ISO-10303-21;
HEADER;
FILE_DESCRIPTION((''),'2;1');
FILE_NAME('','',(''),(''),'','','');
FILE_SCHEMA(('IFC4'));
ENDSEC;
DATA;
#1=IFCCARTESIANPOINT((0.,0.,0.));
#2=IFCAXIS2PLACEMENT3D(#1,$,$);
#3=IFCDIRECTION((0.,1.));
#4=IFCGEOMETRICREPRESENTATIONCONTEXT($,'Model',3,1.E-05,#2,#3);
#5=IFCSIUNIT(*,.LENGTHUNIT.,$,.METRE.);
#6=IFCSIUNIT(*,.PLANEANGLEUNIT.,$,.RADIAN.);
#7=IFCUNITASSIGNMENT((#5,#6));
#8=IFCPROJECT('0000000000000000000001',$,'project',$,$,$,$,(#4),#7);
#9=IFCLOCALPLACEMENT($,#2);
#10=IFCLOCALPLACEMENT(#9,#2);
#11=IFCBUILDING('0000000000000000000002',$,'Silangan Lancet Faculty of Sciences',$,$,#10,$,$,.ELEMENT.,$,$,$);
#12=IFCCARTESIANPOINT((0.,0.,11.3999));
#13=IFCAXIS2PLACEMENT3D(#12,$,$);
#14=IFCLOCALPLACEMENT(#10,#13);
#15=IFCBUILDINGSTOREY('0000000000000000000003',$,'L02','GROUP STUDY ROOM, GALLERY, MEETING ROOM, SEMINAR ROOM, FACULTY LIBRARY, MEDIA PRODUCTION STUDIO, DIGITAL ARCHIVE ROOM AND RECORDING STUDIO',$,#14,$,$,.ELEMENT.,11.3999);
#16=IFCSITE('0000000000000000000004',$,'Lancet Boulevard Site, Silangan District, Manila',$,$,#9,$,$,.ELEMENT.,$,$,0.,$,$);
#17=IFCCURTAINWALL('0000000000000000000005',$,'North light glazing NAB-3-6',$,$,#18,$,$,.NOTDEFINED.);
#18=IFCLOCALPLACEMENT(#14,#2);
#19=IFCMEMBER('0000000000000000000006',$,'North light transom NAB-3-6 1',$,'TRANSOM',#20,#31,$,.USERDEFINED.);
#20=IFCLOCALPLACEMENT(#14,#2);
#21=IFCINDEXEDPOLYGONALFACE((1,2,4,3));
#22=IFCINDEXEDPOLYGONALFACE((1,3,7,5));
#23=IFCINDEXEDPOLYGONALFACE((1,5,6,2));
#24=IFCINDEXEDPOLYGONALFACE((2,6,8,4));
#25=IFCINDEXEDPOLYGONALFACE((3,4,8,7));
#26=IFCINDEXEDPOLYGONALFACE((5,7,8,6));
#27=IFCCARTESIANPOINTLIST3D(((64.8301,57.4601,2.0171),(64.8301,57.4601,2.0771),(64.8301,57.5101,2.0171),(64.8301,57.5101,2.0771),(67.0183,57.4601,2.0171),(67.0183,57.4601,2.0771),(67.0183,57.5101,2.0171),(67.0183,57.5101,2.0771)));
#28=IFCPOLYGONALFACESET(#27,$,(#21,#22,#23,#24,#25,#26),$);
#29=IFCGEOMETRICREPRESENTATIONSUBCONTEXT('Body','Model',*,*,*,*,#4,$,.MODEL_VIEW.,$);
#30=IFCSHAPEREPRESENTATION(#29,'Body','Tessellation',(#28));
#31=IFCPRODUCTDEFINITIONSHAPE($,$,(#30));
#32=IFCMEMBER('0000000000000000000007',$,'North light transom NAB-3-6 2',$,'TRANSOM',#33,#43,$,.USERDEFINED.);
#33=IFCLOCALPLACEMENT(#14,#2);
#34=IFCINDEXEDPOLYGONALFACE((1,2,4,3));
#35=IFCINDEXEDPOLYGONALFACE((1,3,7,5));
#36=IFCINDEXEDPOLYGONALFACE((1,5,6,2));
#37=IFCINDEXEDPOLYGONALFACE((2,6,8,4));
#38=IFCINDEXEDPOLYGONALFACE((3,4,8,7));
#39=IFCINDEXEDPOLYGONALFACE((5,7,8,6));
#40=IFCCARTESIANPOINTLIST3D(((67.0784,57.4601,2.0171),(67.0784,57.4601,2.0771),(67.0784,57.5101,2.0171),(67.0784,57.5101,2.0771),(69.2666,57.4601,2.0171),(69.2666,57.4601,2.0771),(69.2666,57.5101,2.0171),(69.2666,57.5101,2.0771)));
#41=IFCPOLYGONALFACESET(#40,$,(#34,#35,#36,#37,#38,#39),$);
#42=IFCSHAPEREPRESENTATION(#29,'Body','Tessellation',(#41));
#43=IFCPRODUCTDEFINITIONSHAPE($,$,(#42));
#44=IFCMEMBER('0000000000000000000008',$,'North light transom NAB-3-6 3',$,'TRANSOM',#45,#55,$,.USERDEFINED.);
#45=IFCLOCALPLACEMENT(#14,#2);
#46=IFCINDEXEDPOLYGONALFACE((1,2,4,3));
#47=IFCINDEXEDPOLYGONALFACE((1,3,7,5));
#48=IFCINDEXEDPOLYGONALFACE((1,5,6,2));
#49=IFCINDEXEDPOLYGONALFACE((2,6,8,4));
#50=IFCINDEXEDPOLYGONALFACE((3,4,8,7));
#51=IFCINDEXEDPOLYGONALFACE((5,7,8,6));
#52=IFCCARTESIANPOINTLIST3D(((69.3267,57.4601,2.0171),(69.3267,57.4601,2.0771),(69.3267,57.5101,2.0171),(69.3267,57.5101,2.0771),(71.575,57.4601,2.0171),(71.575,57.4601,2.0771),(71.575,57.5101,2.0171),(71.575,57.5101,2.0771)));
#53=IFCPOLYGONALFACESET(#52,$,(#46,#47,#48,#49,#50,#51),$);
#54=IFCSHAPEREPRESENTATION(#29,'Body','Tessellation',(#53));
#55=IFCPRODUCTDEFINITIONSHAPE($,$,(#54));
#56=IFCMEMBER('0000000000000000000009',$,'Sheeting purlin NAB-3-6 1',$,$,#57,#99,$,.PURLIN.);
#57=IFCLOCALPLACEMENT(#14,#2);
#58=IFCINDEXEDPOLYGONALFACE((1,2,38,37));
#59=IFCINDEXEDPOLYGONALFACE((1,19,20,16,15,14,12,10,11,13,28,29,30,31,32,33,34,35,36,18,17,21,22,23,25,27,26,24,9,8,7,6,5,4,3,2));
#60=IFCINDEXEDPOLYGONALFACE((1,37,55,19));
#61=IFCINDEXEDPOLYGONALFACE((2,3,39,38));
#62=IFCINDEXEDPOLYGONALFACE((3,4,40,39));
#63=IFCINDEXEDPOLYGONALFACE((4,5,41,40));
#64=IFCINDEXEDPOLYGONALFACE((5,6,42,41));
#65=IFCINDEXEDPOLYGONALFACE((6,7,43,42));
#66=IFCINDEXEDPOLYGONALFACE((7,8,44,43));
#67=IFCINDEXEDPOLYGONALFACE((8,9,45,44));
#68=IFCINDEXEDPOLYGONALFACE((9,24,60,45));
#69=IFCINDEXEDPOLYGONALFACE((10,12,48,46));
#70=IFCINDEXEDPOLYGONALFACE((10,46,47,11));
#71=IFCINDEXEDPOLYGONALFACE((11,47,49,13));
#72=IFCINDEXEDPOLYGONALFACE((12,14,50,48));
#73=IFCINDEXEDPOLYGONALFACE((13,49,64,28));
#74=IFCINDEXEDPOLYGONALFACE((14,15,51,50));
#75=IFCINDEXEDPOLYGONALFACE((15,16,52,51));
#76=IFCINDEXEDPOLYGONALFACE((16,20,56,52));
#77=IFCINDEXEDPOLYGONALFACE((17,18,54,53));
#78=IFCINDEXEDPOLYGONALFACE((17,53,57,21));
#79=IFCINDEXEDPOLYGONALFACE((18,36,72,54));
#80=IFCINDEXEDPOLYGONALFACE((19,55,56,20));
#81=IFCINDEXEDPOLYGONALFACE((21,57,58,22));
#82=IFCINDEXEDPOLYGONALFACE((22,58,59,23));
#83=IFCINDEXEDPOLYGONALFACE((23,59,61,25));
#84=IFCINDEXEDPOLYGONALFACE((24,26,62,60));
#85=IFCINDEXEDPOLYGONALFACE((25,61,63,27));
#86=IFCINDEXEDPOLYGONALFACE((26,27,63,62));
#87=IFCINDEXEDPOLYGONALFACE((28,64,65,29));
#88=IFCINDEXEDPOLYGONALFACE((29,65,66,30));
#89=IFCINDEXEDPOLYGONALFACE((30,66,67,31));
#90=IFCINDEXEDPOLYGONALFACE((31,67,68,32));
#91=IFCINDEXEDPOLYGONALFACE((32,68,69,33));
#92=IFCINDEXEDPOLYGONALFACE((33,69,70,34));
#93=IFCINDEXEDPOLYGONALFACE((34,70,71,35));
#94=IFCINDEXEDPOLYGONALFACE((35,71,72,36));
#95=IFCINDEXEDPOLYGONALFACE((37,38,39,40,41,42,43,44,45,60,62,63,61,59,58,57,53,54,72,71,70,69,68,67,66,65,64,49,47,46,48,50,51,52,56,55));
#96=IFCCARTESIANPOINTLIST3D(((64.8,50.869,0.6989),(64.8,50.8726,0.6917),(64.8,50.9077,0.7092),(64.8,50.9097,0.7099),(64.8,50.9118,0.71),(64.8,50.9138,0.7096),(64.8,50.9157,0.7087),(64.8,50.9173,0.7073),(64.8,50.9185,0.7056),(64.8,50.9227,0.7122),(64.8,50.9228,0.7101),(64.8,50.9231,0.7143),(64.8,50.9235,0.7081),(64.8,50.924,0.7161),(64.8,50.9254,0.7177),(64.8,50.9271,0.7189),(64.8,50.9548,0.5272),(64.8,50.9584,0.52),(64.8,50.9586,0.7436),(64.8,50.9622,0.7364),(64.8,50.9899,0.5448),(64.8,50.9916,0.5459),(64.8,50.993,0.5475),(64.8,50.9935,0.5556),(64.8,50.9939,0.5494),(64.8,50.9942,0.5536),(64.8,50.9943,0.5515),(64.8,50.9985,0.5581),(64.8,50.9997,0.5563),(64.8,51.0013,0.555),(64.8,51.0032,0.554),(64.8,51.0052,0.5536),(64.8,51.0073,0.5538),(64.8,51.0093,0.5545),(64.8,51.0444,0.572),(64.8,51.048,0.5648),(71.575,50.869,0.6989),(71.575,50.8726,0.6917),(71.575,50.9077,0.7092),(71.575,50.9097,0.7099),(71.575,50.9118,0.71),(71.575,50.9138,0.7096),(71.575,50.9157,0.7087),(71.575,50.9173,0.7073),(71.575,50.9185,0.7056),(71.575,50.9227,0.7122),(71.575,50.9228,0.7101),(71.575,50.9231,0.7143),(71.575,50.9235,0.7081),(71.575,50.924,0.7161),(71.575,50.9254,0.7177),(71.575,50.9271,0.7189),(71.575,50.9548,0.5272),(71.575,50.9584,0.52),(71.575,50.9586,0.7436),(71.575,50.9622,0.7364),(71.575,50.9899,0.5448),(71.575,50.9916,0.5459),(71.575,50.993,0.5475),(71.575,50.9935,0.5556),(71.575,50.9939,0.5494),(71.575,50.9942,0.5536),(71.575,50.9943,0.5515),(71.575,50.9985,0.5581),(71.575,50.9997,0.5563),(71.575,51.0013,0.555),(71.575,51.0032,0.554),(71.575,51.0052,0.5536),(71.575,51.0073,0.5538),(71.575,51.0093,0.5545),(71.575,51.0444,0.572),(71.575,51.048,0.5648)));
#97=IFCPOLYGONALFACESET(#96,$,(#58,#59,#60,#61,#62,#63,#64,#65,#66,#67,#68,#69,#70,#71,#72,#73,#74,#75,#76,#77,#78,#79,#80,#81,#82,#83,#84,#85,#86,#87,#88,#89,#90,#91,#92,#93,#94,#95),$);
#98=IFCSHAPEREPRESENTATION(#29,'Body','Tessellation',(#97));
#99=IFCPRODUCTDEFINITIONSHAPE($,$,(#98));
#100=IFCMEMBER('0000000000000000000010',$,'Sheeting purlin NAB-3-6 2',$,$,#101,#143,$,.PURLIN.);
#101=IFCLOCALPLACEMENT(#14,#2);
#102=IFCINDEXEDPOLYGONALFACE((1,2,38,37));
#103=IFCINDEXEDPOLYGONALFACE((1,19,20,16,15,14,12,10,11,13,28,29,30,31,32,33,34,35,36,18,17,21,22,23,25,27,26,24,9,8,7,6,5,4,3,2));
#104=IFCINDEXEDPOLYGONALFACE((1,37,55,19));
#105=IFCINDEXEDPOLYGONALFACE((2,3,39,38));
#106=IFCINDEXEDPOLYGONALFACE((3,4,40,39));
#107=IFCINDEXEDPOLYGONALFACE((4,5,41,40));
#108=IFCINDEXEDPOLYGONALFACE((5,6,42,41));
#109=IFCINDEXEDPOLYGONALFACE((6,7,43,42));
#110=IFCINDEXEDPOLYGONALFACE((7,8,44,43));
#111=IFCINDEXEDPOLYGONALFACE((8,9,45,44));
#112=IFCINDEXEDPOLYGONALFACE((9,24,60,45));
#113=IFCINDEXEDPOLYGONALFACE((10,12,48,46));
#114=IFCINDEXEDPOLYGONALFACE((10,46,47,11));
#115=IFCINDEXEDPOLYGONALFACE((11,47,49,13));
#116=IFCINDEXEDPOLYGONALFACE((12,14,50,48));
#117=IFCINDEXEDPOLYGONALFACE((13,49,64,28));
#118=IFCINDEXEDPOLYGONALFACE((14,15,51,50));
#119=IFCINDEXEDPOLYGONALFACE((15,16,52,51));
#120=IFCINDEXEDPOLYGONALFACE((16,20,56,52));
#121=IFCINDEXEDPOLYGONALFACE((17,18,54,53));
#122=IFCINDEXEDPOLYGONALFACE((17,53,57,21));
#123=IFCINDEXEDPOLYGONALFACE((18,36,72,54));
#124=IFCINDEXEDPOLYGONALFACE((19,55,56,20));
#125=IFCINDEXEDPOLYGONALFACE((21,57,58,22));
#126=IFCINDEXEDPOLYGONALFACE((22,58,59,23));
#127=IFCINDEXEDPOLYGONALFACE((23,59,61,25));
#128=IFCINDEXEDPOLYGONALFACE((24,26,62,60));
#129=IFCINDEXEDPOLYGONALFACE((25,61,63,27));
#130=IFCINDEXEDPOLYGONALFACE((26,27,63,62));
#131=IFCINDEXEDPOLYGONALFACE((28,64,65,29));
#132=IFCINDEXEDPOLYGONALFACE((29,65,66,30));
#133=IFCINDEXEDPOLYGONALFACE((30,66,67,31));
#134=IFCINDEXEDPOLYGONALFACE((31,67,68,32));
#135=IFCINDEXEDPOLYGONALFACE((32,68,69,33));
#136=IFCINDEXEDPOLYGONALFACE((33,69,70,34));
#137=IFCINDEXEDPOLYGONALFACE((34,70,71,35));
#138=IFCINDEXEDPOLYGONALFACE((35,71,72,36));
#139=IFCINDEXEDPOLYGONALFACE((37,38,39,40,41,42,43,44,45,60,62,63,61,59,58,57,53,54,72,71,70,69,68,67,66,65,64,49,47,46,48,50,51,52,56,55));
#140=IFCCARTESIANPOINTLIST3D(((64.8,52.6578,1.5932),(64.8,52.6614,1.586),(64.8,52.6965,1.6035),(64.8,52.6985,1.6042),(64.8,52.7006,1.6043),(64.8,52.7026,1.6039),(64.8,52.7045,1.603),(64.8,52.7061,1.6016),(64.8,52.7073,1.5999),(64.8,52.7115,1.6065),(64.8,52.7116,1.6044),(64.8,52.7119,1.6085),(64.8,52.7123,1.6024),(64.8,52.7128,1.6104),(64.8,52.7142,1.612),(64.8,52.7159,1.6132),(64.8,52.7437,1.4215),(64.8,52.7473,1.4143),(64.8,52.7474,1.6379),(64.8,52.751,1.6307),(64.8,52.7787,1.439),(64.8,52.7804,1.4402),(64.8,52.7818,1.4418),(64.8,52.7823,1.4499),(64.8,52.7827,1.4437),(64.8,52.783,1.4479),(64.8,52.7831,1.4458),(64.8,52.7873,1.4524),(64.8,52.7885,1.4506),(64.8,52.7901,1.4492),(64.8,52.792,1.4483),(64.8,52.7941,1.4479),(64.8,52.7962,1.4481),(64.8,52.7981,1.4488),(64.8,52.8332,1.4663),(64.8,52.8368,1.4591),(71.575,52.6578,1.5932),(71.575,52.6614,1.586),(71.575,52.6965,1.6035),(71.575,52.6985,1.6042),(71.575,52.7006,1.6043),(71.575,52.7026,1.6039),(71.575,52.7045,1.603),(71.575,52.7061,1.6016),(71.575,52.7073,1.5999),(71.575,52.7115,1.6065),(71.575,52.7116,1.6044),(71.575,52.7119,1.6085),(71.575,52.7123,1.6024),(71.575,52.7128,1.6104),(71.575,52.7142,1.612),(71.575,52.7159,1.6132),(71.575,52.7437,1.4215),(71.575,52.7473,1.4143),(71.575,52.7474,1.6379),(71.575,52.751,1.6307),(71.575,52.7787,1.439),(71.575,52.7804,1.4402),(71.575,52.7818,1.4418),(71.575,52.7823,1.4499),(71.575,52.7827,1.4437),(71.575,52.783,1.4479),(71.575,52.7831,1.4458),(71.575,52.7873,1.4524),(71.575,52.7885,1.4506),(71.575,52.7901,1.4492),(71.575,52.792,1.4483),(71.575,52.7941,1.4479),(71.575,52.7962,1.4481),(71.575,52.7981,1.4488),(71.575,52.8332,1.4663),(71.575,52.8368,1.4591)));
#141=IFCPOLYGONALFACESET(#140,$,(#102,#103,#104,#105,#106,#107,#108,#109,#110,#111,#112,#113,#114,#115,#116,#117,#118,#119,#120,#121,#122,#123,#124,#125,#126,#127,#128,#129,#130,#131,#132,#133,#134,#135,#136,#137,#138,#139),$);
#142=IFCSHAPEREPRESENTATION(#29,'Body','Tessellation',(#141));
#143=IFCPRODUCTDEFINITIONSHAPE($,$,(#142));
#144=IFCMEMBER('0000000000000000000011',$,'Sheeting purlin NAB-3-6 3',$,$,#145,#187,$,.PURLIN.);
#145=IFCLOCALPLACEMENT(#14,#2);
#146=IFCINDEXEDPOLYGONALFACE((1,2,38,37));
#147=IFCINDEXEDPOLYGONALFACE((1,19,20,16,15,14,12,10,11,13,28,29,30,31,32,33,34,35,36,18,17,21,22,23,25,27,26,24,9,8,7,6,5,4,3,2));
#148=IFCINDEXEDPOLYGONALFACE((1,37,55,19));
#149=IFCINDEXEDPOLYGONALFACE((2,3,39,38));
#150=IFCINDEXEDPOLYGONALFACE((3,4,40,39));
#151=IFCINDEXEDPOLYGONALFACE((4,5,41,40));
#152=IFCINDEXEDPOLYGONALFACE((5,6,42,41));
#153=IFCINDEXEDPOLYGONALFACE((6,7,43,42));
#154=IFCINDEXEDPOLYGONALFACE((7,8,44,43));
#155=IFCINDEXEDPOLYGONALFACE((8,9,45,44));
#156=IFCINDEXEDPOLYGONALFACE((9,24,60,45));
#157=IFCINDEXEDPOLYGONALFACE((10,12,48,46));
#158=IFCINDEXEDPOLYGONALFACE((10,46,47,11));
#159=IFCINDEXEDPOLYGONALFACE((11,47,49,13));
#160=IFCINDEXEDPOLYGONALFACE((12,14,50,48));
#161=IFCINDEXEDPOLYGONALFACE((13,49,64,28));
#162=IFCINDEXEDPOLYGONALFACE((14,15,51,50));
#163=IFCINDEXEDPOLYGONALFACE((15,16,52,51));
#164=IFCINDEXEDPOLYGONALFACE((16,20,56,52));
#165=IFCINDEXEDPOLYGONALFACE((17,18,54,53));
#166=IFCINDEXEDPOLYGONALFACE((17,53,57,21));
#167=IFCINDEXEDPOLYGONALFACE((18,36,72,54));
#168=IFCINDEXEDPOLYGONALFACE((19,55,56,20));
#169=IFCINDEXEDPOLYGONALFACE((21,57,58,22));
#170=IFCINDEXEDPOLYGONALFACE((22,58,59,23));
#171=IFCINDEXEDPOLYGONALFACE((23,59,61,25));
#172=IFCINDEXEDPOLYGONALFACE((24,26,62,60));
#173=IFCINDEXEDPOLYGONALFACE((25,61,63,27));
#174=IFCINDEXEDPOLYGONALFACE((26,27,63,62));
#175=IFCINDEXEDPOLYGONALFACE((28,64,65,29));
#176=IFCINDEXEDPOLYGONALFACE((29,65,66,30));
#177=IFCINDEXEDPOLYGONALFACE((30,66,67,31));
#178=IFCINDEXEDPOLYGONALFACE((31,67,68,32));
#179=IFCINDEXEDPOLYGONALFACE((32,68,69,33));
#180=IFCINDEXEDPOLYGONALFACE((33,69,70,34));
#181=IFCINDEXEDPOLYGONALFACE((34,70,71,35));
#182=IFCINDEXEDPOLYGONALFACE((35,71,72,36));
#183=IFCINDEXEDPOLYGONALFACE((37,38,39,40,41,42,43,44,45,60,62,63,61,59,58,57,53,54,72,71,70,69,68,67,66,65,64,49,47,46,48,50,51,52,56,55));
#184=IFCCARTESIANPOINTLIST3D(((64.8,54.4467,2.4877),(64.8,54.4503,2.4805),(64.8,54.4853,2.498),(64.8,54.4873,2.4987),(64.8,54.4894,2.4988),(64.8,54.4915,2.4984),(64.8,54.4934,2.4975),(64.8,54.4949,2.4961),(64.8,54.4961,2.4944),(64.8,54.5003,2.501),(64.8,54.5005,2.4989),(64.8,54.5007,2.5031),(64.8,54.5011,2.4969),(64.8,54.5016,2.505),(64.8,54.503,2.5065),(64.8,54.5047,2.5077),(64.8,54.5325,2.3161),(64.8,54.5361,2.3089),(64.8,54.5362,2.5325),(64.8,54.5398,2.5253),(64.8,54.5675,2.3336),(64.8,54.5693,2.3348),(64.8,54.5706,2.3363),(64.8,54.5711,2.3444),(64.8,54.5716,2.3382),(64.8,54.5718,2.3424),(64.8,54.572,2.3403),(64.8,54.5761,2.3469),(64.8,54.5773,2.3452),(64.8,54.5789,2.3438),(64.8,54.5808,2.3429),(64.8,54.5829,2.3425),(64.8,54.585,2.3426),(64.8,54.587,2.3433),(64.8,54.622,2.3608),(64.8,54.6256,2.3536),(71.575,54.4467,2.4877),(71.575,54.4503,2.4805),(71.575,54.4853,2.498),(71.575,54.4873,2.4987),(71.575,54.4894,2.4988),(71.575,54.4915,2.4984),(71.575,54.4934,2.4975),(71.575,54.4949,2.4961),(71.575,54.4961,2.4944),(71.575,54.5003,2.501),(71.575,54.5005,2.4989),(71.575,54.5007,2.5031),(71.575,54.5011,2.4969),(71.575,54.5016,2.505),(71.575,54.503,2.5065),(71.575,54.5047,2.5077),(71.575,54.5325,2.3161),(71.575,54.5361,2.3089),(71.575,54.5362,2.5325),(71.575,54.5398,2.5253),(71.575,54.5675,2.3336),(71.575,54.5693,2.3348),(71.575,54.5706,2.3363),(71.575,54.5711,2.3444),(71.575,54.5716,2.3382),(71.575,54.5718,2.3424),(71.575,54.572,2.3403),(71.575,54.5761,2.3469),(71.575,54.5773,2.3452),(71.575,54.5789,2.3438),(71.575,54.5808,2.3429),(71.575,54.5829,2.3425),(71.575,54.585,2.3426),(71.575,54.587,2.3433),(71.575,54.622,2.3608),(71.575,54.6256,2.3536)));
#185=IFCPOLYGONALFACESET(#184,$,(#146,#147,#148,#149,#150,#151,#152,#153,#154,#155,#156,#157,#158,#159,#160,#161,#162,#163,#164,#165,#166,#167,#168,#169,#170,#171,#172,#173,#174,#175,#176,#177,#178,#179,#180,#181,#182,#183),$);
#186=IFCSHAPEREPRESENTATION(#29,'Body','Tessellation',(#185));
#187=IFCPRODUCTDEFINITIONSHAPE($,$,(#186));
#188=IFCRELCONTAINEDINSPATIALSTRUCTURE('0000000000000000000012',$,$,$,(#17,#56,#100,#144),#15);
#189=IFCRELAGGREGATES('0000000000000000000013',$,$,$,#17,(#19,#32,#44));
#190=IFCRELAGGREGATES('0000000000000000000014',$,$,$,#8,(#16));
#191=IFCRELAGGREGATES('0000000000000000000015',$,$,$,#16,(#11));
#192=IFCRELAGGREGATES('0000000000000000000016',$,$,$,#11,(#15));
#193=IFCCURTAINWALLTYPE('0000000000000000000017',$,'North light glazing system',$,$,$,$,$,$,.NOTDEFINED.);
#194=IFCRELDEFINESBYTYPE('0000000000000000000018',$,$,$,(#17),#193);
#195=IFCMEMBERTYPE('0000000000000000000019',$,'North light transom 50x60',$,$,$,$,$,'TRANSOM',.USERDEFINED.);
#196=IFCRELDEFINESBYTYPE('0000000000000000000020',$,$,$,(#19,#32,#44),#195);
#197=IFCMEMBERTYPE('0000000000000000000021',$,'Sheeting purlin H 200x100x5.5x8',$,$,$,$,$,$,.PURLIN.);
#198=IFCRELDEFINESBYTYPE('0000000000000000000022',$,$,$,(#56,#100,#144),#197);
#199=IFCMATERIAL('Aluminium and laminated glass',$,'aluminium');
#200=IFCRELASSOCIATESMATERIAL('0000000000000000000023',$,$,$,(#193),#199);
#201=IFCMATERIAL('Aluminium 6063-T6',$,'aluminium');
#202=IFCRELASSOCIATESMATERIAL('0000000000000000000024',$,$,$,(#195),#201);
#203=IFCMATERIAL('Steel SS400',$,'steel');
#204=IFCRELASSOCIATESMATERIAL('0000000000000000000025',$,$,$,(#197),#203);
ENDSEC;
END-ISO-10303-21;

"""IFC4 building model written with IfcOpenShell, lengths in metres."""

from ifc_helpers import new_model, si_unit, direction, frame, origin, origin_2d, place, context, subcontext, project, spatial, rectangle, i_section, extrude, material, material_profile, profile_set, type_object, element, aggregate, save


model = new_model("IFC4")

# Units and contexts
model_context = context("Model", 3, precision=1e-05, world=origin(), true_north=direction((0.0, 1.0)))
body_context = subcontext(model_context, "Body", "Model", "MODEL_VIEW")
ifc_project = project(units=[si_unit("LENGTHUNIT", "METRE"), si_unit("PLANEANGLEUNIT", "RADIAN")], contexts=[model_context])

# Site, building, storey
site_placement = place(None, origin())
site = spatial("IfcSite", under=ifc_project, at=site_placement, Name="Lancet Boulevard Site, Silangan District, Manila", CompositionType="ELEMENT", RefElevation=0.0)
building_placement = place(site_placement, origin())
building = spatial("IfcBuilding", under=site, at=building_placement, Name="Silangan Lancet Faculty of Sciences", CompositionType="ELEMENT")
storey_placement = place(building_placement, frame((0.0, 0.0, 11.3999)))
storey = spatial("IfcBuildingStorey", under=building, at=storey_placement, Name="L02", Description="GROUP STUDY ROOM, GALLERY, MEETING ROOM, SEMINAR ROOM, FACULTY LIBRARY, MEDIA PRODUCTION STUDIO, DIGITAL ARCHIVE ROOM AND RECORDING STUDIO", CompositionType="ELEMENT", Elevation=11.3999)

# Curtain wall, members
ifc_material_1 = material(Name="Aluminium and laminated glass", Category="aluminium")
curtain_wall_type = type_object("IfcCurtainWallType", Name="North light glazing system", PredefinedType="NOTDEFINED", material=ifc_material_1)
curtain_wall_placement = place(storey_placement, origin())
curtain_wall = element("IfcCurtainWall", 1, at=curtain_wall_placement, inside=storey, type_object=curtain_wall_type, Name="North light glazing NAB-3-6", PredefinedType="NOTDEFINED")
ifc_material_2 = material(Name="Aluminium 6063-T6", Category="aluminium")
ifc_material_profile_1 = material_profile(ifc_material_2, rectangle(XDim=0.05, YDim=0.0601, at=origin_2d()), Name="AL 50x60")
ifc_profile_set_1 = profile_set([ifc_material_profile_1], Name="Aluminium 6063-T6")
member_type_1 = type_object("IfcMemberType", Name="North light transom 50x60", ElementType="TRANSOM", PredefinedType="USERDEFINED", material=ifc_profile_set_1)
member_1_placement = place(storey_placement, frame((64.8301, 57.4851, 2.0471), z_axis=(1.0, 0.0, 0.0), x_axis=(0.0, 1.0, 0.0)))
member_1 = element("IfcMember", 2, at=member_1_placement, type_object=member_type_1, Name="North light transom NAB-3-6 1", ObjectType="TRANSOM", PredefinedType="USERDEFINED", context=body_context, shape_type="SweptSolid", body=[
    extrude(rectangle(XDim=0.05, YDim=0.0601, at=origin_2d()), origin(), (0.0, 0.0, 1.0), 2.1882),
])
member_2_placement = place(storey_placement, frame((67.0784, 57.4851, 2.0471), z_axis=(1.0, 0.0, 0.0), x_axis=(0.0, 1.0, 0.0)))
member_2 = element("IfcMember", 3, at=member_2_placement, type_object=member_type_1, Name="North light transom NAB-3-6 2", ObjectType="TRANSOM", PredefinedType="USERDEFINED", context=body_context, shape_type="SweptSolid", body=[
    extrude(rectangle(XDim=0.05, YDim=0.0601, at=origin_2d()), origin(), (0.0, 0.0, 1.0), 2.1882),
])
member_3_placement = place(storey_placement, frame((69.3267, 57.4851, 2.0471), z_axis=(1.0, 0.0, 0.0), x_axis=(0.0, 1.0, 0.0)))
member_3 = element("IfcMember", 4, at=member_3_placement, type_object=member_type_1, Name="North light transom NAB-3-6 3", ObjectType="TRANSOM", PredefinedType="USERDEFINED", context=body_context, shape_type="SweptSolid", body=[
    extrude(rectangle(XDim=0.05, YDim=0.0601, at=origin_2d()), origin(), (0.0, 0.0, 1.0), 2.2483),
])

# Members
ifc_material_3 = material(Name="Steel SS400", Category="steel")
ifc_material_profile_2 = material_profile(ifc_material_3, i_section(OverallWidth=0.1001, OverallDepth=0.2, WebThickness=0.0056, FlangeThickness=0.0081, FilletRadius=0.0081, at=origin_2d()), Name="H 200x100x5.5x8")
ifc_profile_set_2 = profile_set([ifc_material_profile_2], Name="Steel SS400")
member_type_2 = type_object("IfcMemberType", Name="Sheeting purlin H 200x100x5.5x8", PredefinedType="PURLIN", material=ifc_profile_set_2)
for number, where, z_axis, x_axis, name in (
    (5, (64.8, 50.9585, 0.6318), (1.0, 0.0, 0.0), (0.0, 0.894427, 0.447214), "Sheeting purlin NAB-3-6 1"),
    (6, (64.8, 52.7473, 1.5261), (1.0, 0.0, 0.0), (0.0, 0.894427, 0.447214), "Sheeting purlin NAB-3-6 2"),
    (7, (64.8, 54.5361, 2.4207), (1.0, 0.0, 0.0), (0.0, 0.894427, 0.447214), "Sheeting purlin NAB-3-6 3"),
):
    element("IfcMember", number, at=place(storey_placement, frame(where, z_axis=z_axis, x_axis=x_axis)), inside=storey, type_object=member_type_2, Name=name, PredefinedType="PURLIN", context=body_context, shape_type="SweptSolid", body=[
        extrude(i_section(OverallWidth=0.1001, OverallDepth=0.2, WebThickness=0.0056, FlangeThickness=0.0081, FilletRadius=0.0081, at=origin_2d()), origin(), (0.0, 0.0, 1.0), 6.7749),
    ])

aggregate(curtain_wall, [member_1, member_2, member_3])

save(model, "model.ifc")
